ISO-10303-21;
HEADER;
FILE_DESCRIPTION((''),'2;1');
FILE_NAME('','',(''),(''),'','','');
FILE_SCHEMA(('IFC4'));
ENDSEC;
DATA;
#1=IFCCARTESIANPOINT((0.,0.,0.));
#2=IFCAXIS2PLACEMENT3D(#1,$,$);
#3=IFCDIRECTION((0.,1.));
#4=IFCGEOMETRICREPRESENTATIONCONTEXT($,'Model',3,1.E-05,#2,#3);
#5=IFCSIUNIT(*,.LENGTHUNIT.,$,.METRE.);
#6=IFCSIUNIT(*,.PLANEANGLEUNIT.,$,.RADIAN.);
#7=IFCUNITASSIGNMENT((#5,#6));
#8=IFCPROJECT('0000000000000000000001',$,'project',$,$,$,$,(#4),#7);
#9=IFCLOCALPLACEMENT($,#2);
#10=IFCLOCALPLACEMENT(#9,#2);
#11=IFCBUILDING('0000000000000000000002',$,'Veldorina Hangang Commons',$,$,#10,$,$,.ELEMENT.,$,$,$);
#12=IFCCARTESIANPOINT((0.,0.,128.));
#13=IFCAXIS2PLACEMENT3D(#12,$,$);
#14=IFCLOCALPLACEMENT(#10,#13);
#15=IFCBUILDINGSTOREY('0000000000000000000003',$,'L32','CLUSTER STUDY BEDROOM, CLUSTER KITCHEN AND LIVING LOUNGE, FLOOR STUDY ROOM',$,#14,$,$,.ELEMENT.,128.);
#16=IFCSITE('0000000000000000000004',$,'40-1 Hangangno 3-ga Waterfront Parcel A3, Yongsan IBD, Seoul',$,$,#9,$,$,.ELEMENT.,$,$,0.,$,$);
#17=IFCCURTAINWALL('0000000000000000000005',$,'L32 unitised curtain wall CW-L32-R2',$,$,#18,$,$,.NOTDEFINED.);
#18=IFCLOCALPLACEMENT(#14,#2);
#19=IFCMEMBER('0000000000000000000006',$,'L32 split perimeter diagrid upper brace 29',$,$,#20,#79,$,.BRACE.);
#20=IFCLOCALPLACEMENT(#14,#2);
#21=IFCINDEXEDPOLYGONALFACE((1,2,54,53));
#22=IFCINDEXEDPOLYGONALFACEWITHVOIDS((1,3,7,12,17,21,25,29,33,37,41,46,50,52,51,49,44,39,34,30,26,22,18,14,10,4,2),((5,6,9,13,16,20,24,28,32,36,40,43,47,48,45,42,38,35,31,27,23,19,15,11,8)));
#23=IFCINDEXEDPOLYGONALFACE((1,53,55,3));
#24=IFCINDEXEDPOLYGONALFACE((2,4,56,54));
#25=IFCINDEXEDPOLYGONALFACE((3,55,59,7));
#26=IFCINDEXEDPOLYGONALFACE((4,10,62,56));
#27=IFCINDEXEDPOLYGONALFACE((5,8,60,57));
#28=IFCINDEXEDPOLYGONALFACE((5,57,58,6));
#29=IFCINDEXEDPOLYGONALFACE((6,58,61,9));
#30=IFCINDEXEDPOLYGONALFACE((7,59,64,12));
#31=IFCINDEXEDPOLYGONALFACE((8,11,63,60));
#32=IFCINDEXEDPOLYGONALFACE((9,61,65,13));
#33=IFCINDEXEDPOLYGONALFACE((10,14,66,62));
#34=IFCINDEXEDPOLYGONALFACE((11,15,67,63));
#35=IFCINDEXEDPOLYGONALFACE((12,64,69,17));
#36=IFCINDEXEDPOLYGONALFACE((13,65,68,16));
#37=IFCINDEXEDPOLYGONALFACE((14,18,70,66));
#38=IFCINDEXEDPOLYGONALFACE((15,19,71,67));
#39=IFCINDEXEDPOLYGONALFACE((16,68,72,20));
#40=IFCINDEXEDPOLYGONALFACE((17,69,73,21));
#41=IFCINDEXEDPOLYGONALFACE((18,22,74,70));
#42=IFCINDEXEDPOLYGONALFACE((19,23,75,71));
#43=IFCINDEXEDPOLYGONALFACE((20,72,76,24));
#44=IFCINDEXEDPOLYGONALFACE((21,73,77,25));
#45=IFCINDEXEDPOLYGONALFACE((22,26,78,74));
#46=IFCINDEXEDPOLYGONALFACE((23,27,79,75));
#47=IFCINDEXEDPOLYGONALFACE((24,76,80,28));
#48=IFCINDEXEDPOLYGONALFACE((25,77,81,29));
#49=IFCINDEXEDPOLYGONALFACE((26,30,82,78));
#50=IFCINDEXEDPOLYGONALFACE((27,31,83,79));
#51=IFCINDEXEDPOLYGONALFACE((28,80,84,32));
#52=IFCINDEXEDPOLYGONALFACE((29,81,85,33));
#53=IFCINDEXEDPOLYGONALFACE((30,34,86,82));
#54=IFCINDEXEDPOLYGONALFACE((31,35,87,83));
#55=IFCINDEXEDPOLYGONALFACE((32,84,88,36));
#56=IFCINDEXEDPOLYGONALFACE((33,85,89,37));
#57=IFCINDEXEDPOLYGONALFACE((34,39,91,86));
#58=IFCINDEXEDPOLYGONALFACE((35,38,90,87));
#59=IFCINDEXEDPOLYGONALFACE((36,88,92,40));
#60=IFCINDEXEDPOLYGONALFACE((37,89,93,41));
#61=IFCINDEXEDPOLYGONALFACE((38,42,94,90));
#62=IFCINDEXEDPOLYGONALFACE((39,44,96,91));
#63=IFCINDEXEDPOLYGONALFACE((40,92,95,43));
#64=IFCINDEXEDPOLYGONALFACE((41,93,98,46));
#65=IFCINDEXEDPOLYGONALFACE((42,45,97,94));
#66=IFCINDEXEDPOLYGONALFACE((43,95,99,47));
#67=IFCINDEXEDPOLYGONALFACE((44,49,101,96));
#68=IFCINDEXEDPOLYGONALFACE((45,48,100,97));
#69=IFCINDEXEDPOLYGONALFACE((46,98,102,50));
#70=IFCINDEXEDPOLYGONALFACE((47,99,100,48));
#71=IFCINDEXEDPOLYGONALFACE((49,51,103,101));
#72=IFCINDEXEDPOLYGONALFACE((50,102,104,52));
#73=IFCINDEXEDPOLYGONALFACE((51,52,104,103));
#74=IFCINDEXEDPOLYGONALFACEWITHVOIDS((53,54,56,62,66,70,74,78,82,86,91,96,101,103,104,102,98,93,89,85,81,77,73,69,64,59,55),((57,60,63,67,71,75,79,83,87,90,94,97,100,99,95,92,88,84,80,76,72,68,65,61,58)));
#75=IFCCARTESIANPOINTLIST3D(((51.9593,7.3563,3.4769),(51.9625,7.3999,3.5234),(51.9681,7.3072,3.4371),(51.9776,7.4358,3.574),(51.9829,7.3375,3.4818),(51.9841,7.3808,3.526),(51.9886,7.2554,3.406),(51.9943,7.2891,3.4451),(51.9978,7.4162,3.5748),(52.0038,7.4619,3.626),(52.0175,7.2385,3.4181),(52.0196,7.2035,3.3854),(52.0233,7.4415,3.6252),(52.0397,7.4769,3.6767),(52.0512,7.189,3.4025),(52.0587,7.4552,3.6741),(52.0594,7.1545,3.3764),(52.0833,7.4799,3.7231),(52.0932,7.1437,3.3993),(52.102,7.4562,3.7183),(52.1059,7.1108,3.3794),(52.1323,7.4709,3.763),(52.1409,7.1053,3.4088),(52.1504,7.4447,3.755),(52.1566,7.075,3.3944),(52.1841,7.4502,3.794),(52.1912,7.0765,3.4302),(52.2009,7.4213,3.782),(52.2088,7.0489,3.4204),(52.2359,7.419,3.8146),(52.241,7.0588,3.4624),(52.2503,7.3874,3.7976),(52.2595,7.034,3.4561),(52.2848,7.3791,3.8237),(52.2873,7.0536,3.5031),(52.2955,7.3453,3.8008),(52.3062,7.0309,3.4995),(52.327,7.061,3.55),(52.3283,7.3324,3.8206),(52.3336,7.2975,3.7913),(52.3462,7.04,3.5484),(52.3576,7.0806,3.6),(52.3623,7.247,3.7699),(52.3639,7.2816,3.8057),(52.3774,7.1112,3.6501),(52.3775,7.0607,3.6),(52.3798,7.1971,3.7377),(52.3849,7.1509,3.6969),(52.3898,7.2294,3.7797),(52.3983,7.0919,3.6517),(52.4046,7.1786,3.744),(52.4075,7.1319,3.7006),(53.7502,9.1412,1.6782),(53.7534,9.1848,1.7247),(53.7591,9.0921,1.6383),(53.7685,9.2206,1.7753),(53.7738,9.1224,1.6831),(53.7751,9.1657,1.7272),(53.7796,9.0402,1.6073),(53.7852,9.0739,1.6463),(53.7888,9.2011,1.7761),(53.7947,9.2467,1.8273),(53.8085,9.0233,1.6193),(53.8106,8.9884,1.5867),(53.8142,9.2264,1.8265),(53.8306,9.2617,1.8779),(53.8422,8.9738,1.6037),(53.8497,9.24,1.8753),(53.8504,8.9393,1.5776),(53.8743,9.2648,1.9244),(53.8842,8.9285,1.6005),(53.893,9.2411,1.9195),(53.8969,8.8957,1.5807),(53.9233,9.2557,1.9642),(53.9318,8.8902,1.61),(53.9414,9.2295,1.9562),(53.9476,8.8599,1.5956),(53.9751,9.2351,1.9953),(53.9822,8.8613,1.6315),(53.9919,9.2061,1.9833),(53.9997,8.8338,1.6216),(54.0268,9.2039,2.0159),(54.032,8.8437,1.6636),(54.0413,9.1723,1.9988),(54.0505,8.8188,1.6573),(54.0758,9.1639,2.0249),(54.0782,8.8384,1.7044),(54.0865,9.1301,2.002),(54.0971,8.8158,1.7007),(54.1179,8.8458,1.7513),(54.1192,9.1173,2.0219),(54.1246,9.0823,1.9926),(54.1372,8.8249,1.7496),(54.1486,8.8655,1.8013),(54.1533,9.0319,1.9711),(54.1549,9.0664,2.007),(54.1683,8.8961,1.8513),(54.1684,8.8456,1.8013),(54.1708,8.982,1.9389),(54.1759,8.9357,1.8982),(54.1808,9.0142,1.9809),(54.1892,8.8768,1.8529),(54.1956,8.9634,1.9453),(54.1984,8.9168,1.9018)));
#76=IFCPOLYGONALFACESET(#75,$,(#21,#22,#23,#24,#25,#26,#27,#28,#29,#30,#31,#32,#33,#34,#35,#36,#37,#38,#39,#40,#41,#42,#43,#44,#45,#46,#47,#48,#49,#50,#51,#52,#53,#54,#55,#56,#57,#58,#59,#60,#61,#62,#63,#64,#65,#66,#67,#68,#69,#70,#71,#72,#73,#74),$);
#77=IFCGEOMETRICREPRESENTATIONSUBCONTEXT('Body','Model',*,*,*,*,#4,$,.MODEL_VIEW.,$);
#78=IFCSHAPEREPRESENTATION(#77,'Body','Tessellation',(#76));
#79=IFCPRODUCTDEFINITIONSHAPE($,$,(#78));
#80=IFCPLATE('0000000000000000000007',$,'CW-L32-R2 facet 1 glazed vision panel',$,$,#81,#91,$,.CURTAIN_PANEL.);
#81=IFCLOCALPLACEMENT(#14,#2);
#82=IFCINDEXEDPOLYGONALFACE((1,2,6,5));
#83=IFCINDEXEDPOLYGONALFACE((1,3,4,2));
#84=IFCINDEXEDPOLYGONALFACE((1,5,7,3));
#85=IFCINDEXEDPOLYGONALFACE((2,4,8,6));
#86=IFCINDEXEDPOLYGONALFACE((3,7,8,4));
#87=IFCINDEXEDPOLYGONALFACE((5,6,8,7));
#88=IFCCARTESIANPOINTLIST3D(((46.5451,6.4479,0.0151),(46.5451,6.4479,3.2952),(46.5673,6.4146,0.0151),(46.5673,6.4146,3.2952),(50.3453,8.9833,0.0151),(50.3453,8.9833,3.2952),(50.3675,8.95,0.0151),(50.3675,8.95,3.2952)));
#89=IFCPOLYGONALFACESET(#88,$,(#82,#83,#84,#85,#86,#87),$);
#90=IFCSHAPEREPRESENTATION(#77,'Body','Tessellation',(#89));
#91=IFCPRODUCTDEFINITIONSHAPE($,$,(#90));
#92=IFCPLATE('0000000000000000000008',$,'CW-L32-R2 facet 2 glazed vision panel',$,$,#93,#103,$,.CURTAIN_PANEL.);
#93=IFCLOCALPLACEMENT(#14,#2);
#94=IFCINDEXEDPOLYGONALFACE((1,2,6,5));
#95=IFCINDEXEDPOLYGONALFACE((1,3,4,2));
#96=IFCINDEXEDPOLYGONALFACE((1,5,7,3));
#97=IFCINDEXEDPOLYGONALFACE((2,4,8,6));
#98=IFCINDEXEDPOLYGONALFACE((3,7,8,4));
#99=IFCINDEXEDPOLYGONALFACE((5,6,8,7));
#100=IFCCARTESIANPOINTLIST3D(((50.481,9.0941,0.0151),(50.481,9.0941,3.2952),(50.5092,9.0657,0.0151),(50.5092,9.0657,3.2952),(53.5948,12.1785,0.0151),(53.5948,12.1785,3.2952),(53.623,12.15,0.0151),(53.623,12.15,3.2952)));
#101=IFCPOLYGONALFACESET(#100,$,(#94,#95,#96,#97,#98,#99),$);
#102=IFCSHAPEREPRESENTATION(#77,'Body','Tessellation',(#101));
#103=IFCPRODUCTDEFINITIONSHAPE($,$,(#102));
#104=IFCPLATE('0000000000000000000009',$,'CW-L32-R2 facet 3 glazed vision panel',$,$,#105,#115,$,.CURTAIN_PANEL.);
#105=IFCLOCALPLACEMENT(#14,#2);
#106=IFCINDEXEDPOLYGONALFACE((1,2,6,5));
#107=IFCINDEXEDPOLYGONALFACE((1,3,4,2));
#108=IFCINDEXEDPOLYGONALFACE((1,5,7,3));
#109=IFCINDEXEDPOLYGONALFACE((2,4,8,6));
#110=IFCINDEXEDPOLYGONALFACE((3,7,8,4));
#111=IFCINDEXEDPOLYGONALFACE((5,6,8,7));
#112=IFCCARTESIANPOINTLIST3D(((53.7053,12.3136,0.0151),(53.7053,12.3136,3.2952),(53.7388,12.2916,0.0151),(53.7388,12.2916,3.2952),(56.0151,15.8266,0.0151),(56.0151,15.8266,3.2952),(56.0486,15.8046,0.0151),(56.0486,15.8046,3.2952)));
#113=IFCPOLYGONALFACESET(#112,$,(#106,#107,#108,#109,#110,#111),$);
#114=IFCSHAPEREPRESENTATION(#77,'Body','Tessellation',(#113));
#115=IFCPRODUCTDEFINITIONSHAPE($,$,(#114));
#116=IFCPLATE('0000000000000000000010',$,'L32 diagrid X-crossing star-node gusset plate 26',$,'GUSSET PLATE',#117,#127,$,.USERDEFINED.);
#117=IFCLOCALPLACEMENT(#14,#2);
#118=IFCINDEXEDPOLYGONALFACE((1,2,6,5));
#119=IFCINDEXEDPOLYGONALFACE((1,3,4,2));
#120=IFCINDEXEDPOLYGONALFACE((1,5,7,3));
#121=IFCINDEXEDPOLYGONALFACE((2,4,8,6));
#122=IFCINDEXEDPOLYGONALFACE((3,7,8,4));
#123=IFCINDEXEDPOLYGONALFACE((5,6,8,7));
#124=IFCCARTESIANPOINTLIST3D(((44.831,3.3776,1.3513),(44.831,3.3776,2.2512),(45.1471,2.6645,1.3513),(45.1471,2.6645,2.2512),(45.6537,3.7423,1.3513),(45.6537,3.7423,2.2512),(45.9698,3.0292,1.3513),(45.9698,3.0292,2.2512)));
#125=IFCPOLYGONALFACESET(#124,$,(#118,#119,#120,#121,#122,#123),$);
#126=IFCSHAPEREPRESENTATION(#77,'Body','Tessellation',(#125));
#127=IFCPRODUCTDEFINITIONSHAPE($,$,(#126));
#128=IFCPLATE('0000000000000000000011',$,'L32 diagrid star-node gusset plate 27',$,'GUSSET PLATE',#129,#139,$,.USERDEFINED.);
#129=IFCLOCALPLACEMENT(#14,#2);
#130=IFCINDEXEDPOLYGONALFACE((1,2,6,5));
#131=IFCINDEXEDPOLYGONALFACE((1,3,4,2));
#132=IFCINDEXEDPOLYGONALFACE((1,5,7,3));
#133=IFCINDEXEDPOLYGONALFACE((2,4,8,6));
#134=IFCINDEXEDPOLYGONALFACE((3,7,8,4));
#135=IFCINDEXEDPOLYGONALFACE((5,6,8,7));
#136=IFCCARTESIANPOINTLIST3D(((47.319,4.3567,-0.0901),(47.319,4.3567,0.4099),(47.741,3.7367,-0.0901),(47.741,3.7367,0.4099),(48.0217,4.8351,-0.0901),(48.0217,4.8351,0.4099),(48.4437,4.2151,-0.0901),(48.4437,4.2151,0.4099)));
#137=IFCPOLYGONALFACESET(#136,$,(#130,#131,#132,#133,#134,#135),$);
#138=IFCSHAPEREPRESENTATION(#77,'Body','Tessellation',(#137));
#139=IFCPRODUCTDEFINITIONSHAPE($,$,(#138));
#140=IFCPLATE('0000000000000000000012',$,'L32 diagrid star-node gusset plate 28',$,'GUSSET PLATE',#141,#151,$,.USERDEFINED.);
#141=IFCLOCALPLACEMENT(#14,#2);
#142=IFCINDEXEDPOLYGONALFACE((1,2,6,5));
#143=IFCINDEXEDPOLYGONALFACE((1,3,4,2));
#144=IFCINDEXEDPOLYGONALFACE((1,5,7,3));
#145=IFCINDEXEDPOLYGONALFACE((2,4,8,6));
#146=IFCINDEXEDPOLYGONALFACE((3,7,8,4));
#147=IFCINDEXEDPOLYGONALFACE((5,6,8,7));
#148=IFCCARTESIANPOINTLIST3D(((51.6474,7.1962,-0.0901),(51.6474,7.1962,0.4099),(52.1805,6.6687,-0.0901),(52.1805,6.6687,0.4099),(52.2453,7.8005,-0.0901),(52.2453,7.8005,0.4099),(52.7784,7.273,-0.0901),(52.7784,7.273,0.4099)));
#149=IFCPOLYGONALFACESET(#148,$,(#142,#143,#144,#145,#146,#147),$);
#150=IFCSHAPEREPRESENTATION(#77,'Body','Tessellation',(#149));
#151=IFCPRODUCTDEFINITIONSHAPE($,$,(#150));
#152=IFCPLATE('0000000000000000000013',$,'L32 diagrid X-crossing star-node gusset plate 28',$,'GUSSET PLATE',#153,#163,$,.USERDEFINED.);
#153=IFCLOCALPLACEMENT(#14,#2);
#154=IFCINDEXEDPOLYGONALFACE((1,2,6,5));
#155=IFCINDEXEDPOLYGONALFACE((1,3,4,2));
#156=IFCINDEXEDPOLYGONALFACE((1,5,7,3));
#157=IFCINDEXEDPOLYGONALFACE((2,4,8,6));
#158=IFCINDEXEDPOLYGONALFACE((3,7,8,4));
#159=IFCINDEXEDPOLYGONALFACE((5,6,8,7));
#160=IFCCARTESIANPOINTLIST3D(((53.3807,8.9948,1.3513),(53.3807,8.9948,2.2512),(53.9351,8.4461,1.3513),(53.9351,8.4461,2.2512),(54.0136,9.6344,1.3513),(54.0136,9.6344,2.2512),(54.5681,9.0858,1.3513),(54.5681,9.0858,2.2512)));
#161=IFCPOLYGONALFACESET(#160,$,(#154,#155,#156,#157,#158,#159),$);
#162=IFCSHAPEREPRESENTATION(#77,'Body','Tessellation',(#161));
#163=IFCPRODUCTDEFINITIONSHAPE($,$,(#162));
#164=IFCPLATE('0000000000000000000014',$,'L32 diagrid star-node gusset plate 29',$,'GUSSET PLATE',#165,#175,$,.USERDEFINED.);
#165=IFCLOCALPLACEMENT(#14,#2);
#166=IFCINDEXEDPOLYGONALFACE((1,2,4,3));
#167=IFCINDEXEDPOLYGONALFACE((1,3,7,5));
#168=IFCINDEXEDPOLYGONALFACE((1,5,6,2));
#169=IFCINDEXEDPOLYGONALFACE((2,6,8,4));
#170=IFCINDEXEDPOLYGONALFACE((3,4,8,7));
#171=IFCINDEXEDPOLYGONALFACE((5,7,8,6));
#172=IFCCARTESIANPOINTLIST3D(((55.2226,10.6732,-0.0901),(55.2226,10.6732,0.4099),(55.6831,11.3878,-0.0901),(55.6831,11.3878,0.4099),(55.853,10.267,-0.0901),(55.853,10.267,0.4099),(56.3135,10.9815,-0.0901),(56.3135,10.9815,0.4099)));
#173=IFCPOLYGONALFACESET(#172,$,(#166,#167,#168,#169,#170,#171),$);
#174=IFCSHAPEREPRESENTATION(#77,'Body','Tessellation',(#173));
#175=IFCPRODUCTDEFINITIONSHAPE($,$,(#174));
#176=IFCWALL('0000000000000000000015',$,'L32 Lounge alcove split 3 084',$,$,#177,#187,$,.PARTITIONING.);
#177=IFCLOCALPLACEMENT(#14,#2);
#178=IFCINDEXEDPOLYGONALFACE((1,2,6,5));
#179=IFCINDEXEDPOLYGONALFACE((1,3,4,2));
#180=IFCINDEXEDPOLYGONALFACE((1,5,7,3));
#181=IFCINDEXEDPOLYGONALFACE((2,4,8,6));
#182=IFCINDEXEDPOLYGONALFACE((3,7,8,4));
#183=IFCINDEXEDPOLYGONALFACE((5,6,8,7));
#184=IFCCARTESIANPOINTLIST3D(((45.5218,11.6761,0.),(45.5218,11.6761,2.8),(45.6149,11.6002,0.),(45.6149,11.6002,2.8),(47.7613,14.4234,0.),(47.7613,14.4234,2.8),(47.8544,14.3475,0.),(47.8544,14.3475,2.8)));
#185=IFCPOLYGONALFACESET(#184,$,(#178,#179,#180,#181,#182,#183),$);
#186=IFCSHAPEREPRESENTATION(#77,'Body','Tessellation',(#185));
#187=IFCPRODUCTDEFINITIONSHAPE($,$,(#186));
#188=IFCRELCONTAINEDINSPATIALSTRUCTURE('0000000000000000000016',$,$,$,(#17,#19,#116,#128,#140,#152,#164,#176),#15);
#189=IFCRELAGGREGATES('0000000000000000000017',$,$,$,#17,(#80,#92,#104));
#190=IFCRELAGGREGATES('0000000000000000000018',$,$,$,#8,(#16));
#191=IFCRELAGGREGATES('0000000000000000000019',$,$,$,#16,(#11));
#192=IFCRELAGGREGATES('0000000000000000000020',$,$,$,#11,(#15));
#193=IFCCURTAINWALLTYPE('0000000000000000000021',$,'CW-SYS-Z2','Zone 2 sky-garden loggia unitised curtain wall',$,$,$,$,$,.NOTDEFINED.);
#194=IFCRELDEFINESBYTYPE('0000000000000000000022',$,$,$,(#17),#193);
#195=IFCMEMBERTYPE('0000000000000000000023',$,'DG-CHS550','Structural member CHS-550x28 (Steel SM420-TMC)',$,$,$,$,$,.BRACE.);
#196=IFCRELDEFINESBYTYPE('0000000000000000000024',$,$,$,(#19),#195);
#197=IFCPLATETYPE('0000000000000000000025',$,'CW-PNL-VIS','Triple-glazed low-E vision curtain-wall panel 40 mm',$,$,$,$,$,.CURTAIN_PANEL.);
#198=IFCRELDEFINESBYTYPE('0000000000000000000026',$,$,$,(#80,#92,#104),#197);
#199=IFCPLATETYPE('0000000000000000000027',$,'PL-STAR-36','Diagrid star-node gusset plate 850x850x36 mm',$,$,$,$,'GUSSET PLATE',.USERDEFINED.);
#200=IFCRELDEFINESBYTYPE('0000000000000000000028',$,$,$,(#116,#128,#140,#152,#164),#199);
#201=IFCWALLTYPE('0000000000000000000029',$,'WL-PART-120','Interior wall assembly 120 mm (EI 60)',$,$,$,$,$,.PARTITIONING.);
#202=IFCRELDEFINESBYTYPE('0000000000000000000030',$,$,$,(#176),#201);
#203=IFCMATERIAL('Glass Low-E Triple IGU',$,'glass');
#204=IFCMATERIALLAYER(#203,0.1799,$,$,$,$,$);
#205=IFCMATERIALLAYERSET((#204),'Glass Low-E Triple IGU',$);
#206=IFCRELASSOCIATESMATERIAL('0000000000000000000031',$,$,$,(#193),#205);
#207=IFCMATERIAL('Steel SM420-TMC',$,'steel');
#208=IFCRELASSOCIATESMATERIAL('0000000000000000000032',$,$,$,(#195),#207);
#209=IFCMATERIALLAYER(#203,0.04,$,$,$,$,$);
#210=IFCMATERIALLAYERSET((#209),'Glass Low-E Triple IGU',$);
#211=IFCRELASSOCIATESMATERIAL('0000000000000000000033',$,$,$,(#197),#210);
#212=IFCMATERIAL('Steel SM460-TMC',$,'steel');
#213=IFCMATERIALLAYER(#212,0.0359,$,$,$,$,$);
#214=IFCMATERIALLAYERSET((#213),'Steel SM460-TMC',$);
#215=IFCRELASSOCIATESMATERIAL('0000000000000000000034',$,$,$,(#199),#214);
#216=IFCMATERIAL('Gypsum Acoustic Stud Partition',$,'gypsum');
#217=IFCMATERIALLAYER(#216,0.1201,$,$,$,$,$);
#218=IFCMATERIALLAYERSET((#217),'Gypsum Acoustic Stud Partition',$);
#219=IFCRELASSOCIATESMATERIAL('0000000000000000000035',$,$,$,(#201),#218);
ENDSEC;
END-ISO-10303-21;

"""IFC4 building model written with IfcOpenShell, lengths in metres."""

from ifc_helpers import new_model, si_unit, direction, frame, frame_2d, origin, origin_2d, place, context, subcontext, project, spatial, rectangle, hollow_circle, extrude, material, layer, layer_set, material_profile, profile_set, type_object, element, aggregate, save


model = new_model("IFC4")

# Units and contexts
model_context = context("Model", 3, precision=1e-05, world=origin(), true_north=direction((0.0, 1.0)))
body_context = subcontext(model_context, "Body", "Model", "MODEL_VIEW")
ifc_project = project(units=[si_unit("LENGTHUNIT", "METRE"), si_unit("PLANEANGLEUNIT", "RADIAN")], contexts=[model_context])

# Site, building, storey
site_placement = place(None, origin())
site = spatial("IfcSite", under=ifc_project, at=site_placement, Name="40-1 Hangangno 3-ga Waterfront Parcel A3, Yongsan IBD, Seoul", CompositionType="ELEMENT", RefElevation=0.0)
building_placement = place(site_placement, origin())
building = spatial("IfcBuilding", under=site, at=building_placement, Name="Veldorina Hangang Commons", CompositionType="ELEMENT")
storey_placement = place(building_placement, frame((0.0, 0.0, 128.0)))
storey = spatial("IfcBuildingStorey", under=building, at=storey_placement, Name="L32", Description="CLUSTER STUDY BEDROOM, CLUSTER KITCHEN AND LIVING LOUNGE, FLOOR STUDY ROOM", CompositionType="ELEMENT", Elevation=128.0)

# Shared definitions
ifc_material_1 = material(Name="Steel SM420-TMC", Category="steel")

# Curtain wall
ifc_material_2 = material(Name="Glass Low-E Triple IGU", Category="glass")
ifc_layer_1 = layer(ifc_material_2, 0.1799)
ifc_layer_set_1 = layer_set([ifc_layer_1], Name="Glass Low-E Triple IGU")
curtain_wall_type = type_object("IfcCurtainWallType", Name="CW-SYS-Z2", Description="Zone 2 sky-garden loggia unitised curtain wall", PredefinedType="NOTDEFINED", material=ifc_layer_set_1)
curtain_wall_placement = place(storey_placement, origin())
curtain_wall = element("IfcCurtainWall", 1, at=curtain_wall_placement, inside=storey, type_object=curtain_wall_type, Name="L32 unitised curtain wall CW-L32-R2", PredefinedType="NOTDEFINED")

# Member
ifc_material_profile_1 = material_profile(ifc_material_1, hollow_circle(Radius=0.2749, WallThickness=0.0281, at=origin_2d()), Name="CHS-550x28")
ifc_profile_set_1 = profile_set([ifc_material_profile_1], Name="Steel SM420-TMC")
member_type_1 = type_object("IfcMemberType", Name="DG-CHS550", Description="Structural member CHS-550x28 (Steel SM420-TMC)", PredefinedType="BRACE", material=ifc_profile_set_1)
member_1_placement = place(storey_placement, frame((53.9744, 9.0403, 1.8013), z_axis=(-0.577164, -0.575197, 0.579681), x_axis=(0.705899, -0.708313, 0.0)))
element("IfcMember", 2, at=member_1_placement, inside=storey, type_object=member_type_1, Name="L32 split perimeter diagrid upper brace 29", PredefinedType="BRACE", context=body_context, shape_type="SweptSolid", body=[
    extrude(hollow_circle(Radius=0.2749, WallThickness=0.0281, at=origin_2d()), origin(), (0.0, 0.0, 1.0), 3.103),
])

# Plates
ifc_layer_2 = layer(ifc_material_2, 0.04)
ifc_layer_set_2 = layer_set([ifc_layer_2], Name="Glass Low-E Triple IGU")
plate_type_1 = type_object("IfcPlateType", Name="CW-PNL-VIS", Description="Triple-glazed low-E vision curtain-wall panel 40 mm", PredefinedType="CURTAIN_PANEL", material=ifc_layer_set_2)
plate_1_placement = place(storey_placement, frame((48.4563, 7.699, 0.0151), z_axis=(0.0, 0.0, 1.0), x_axis=(0.831857, 0.55499, 0.0)))
plate_1 = element("IfcPlate", 3, at=plate_1_placement, type_object=plate_type_1, Name="CW-L32-R2 facet 1 glazed vision panel", PredefinedType="CURTAIN_PANEL", context=body_context, shape_type="SweptSolid", body=[
    extrude(rectangle(XDim=4.5684, YDim=0.04, at=origin_2d()), origin(), (0.0, 0.0, 1.0), 3.28),
])
plate_2_placement = place(storey_placement, frame((52.052, 10.6221, 0.0151), z_axis=(0.0, 0.0, 1.0), x_axis=(0.710456, 0.703742, 0.0)))
plate_2 = element("IfcPlate", 4, at=plate_2_placement, type_object=plate_type_1, Name="CW-L32-R2 facet 2 glazed vision panel", PredefinedType="CURTAIN_PANEL", context=body_context, shape_type="SweptSolid", body=[
    extrude(rectangle(XDim=4.3828, YDim=0.04, at=origin_2d()), origin(), (0.0, 0.0, 1.0), 3.28),
])
plate_3_placement = place(storey_placement, frame((54.877, 14.0591, 0.0151), z_axis=(0.0, 0.0, 1.0), x_axis=(0.549373, 0.835577, 0.0)))
plate_3 = element("IfcPlate", 5, at=plate_3_placement, type_object=plate_type_1, Name="CW-L32-R2 facet 3 glazed vision panel", PredefinedType="CURTAIN_PANEL", context=body_context, shape_type="SweptSolid", body=[
    extrude(rectangle(XDim=4.2043, YDim=0.04, at=origin_2d()), origin(), (0.0, 0.0, 1.0), 3.28),
])
aggregate(curtain_wall, [plate_1, plate_2, plate_3])

# Plates
ifc_material_3 = material(Name="Steel SM460-TMC", Category="steel")
ifc_layer_3 = layer(ifc_material_3, 0.0359)
ifc_layer_set_3 = layer_set([ifc_layer_3], Name="Steel SM460-TMC")
plate_type_2 = type_object("IfcPlateType", Name="PL-STAR-36", Description="Diagrid star-node gusset plate 850x850x36 mm", ElementType="GUSSET PLATE", PredefinedType="USERDEFINED", material=ifc_layer_set_3)
plate_4_placement = place(storey_placement, frame((45.4004, 3.2034, 1.3513), z_axis=(0.0, 0.0, 1.0), x_axis=(0.91419, 0.405285, 0.0)))
element("IfcPlate", 6, at=plate_4_placement, inside=storey, type_object=plate_type_2, Name="L32 diagrid X-crossing star-node gusset plate 26", ObjectType="GUSSET PLATE", PredefinedType="USERDEFINED", context=body_context, shape_type="SweptSolid", body=[
    extrude(rectangle(XDim=0.8999, YDim=0.78, at=origin_2d()), origin(), (0.0, 0.0, 1.0), 0.8999),
])
for number, where, z_axis, x_axis, name in (
    (7, (47.8813, 4.2859, -0.0901), (0.0, 0.0, 1.0), (0.826649, 0.562718, 0.0), "L32 diagrid star-node gusset plate 27"),
    (8, (52.2129, 7.2346, -0.0901), (0.0, 0.0, 1.0), (0.703345, 0.710849, 0.0), "L32 diagrid star-node gusset plate 28"),
):
    element("IfcPlate", number, at=place(storey_placement, frame(where, z_axis=z_axis, x_axis=x_axis)), inside=storey, type_object=plate_type_2, Name=name, ObjectType="GUSSET PLATE", PredefinedType="USERDEFINED", context=body_context, shape_type="SweptSolid", body=[
        extrude(rectangle(XDim=0.8501, YDim=0.75, at=origin_2d()), origin(), (0.0, 0.0, 1.0), 0.5),
    ])
plate_5_placement = place(storey_placement, frame((53.9744, 9.0403, 1.3513), z_axis=(0.0, 0.0, 1.0), x_axis=(0.703345, 0.710849, 0.0)))
element("IfcPlate", 9, at=plate_5_placement, inside=storey, type_object=plate_type_2, Name="L32 diagrid X-crossing star-node gusset plate 28", ObjectType="GUSSET PLATE", PredefinedType="USERDEFINED", context=body_context, shape_type="SweptSolid", body=[
    extrude(rectangle(XDim=0.8999, YDim=0.78, at=origin_2d()), origin(), (0.0, 0.0, 1.0), 0.8999),
])
plate_6_placement = place(storey_placement, frame((55.7681, 10.8274, -0.0901), z_axis=(0.0, 0.0, 1.0), x_axis=(0.541694, 0.840576, 0.0)))
element("IfcPlate", 10, at=plate_6_placement, inside=storey, type_object=plate_type_2, Name="L32 diagrid star-node gusset plate 29", ObjectType="GUSSET PLATE", PredefinedType="USERDEFINED", context=body_context, shape_type="SweptSolid", body=[
    extrude(rectangle(XDim=0.8501, YDim=0.75, at=origin_2d()), origin(), (0.0, 0.0, 1.0), 0.5),
])

# Wall
ifc_material_4 = material(Name="Gypsum Acoustic Stud Partition", Category="gypsum")
ifc_layer_4 = layer(ifc_material_4, 0.1201)
ifc_layer_set_4 = layer_set([ifc_layer_4], Name="Gypsum Acoustic Stud Partition")
wall_type = type_object("IfcWallType", Name="WL-PART-120", Description="Interior wall assembly 120 mm (EI 60)", PredefinedType="PARTITIONING", material=ifc_layer_set_4)
wall_placement = place(storey_placement, frame((45.5684, 11.6382, 0.0), z_axis=(0.0, 0.0, 1.0), x_axis=(0.631834, 0.775104, 0.0)))
element("IfcWall", 11, at=wall_placement, inside=storey, type_object=wall_type, Name="L32 Lounge alcove split 3 084", PredefinedType="PARTITIONING", context=body_context, shape_type="SweptSolid", body=[
    extrude(rectangle(XDim=3.5444, YDim=0.1201, at=frame_2d((1.7722, 0.0))), origin(), (0.0, 0.0, 1.0), 2.8),
])

save(model, "model.ifc")
